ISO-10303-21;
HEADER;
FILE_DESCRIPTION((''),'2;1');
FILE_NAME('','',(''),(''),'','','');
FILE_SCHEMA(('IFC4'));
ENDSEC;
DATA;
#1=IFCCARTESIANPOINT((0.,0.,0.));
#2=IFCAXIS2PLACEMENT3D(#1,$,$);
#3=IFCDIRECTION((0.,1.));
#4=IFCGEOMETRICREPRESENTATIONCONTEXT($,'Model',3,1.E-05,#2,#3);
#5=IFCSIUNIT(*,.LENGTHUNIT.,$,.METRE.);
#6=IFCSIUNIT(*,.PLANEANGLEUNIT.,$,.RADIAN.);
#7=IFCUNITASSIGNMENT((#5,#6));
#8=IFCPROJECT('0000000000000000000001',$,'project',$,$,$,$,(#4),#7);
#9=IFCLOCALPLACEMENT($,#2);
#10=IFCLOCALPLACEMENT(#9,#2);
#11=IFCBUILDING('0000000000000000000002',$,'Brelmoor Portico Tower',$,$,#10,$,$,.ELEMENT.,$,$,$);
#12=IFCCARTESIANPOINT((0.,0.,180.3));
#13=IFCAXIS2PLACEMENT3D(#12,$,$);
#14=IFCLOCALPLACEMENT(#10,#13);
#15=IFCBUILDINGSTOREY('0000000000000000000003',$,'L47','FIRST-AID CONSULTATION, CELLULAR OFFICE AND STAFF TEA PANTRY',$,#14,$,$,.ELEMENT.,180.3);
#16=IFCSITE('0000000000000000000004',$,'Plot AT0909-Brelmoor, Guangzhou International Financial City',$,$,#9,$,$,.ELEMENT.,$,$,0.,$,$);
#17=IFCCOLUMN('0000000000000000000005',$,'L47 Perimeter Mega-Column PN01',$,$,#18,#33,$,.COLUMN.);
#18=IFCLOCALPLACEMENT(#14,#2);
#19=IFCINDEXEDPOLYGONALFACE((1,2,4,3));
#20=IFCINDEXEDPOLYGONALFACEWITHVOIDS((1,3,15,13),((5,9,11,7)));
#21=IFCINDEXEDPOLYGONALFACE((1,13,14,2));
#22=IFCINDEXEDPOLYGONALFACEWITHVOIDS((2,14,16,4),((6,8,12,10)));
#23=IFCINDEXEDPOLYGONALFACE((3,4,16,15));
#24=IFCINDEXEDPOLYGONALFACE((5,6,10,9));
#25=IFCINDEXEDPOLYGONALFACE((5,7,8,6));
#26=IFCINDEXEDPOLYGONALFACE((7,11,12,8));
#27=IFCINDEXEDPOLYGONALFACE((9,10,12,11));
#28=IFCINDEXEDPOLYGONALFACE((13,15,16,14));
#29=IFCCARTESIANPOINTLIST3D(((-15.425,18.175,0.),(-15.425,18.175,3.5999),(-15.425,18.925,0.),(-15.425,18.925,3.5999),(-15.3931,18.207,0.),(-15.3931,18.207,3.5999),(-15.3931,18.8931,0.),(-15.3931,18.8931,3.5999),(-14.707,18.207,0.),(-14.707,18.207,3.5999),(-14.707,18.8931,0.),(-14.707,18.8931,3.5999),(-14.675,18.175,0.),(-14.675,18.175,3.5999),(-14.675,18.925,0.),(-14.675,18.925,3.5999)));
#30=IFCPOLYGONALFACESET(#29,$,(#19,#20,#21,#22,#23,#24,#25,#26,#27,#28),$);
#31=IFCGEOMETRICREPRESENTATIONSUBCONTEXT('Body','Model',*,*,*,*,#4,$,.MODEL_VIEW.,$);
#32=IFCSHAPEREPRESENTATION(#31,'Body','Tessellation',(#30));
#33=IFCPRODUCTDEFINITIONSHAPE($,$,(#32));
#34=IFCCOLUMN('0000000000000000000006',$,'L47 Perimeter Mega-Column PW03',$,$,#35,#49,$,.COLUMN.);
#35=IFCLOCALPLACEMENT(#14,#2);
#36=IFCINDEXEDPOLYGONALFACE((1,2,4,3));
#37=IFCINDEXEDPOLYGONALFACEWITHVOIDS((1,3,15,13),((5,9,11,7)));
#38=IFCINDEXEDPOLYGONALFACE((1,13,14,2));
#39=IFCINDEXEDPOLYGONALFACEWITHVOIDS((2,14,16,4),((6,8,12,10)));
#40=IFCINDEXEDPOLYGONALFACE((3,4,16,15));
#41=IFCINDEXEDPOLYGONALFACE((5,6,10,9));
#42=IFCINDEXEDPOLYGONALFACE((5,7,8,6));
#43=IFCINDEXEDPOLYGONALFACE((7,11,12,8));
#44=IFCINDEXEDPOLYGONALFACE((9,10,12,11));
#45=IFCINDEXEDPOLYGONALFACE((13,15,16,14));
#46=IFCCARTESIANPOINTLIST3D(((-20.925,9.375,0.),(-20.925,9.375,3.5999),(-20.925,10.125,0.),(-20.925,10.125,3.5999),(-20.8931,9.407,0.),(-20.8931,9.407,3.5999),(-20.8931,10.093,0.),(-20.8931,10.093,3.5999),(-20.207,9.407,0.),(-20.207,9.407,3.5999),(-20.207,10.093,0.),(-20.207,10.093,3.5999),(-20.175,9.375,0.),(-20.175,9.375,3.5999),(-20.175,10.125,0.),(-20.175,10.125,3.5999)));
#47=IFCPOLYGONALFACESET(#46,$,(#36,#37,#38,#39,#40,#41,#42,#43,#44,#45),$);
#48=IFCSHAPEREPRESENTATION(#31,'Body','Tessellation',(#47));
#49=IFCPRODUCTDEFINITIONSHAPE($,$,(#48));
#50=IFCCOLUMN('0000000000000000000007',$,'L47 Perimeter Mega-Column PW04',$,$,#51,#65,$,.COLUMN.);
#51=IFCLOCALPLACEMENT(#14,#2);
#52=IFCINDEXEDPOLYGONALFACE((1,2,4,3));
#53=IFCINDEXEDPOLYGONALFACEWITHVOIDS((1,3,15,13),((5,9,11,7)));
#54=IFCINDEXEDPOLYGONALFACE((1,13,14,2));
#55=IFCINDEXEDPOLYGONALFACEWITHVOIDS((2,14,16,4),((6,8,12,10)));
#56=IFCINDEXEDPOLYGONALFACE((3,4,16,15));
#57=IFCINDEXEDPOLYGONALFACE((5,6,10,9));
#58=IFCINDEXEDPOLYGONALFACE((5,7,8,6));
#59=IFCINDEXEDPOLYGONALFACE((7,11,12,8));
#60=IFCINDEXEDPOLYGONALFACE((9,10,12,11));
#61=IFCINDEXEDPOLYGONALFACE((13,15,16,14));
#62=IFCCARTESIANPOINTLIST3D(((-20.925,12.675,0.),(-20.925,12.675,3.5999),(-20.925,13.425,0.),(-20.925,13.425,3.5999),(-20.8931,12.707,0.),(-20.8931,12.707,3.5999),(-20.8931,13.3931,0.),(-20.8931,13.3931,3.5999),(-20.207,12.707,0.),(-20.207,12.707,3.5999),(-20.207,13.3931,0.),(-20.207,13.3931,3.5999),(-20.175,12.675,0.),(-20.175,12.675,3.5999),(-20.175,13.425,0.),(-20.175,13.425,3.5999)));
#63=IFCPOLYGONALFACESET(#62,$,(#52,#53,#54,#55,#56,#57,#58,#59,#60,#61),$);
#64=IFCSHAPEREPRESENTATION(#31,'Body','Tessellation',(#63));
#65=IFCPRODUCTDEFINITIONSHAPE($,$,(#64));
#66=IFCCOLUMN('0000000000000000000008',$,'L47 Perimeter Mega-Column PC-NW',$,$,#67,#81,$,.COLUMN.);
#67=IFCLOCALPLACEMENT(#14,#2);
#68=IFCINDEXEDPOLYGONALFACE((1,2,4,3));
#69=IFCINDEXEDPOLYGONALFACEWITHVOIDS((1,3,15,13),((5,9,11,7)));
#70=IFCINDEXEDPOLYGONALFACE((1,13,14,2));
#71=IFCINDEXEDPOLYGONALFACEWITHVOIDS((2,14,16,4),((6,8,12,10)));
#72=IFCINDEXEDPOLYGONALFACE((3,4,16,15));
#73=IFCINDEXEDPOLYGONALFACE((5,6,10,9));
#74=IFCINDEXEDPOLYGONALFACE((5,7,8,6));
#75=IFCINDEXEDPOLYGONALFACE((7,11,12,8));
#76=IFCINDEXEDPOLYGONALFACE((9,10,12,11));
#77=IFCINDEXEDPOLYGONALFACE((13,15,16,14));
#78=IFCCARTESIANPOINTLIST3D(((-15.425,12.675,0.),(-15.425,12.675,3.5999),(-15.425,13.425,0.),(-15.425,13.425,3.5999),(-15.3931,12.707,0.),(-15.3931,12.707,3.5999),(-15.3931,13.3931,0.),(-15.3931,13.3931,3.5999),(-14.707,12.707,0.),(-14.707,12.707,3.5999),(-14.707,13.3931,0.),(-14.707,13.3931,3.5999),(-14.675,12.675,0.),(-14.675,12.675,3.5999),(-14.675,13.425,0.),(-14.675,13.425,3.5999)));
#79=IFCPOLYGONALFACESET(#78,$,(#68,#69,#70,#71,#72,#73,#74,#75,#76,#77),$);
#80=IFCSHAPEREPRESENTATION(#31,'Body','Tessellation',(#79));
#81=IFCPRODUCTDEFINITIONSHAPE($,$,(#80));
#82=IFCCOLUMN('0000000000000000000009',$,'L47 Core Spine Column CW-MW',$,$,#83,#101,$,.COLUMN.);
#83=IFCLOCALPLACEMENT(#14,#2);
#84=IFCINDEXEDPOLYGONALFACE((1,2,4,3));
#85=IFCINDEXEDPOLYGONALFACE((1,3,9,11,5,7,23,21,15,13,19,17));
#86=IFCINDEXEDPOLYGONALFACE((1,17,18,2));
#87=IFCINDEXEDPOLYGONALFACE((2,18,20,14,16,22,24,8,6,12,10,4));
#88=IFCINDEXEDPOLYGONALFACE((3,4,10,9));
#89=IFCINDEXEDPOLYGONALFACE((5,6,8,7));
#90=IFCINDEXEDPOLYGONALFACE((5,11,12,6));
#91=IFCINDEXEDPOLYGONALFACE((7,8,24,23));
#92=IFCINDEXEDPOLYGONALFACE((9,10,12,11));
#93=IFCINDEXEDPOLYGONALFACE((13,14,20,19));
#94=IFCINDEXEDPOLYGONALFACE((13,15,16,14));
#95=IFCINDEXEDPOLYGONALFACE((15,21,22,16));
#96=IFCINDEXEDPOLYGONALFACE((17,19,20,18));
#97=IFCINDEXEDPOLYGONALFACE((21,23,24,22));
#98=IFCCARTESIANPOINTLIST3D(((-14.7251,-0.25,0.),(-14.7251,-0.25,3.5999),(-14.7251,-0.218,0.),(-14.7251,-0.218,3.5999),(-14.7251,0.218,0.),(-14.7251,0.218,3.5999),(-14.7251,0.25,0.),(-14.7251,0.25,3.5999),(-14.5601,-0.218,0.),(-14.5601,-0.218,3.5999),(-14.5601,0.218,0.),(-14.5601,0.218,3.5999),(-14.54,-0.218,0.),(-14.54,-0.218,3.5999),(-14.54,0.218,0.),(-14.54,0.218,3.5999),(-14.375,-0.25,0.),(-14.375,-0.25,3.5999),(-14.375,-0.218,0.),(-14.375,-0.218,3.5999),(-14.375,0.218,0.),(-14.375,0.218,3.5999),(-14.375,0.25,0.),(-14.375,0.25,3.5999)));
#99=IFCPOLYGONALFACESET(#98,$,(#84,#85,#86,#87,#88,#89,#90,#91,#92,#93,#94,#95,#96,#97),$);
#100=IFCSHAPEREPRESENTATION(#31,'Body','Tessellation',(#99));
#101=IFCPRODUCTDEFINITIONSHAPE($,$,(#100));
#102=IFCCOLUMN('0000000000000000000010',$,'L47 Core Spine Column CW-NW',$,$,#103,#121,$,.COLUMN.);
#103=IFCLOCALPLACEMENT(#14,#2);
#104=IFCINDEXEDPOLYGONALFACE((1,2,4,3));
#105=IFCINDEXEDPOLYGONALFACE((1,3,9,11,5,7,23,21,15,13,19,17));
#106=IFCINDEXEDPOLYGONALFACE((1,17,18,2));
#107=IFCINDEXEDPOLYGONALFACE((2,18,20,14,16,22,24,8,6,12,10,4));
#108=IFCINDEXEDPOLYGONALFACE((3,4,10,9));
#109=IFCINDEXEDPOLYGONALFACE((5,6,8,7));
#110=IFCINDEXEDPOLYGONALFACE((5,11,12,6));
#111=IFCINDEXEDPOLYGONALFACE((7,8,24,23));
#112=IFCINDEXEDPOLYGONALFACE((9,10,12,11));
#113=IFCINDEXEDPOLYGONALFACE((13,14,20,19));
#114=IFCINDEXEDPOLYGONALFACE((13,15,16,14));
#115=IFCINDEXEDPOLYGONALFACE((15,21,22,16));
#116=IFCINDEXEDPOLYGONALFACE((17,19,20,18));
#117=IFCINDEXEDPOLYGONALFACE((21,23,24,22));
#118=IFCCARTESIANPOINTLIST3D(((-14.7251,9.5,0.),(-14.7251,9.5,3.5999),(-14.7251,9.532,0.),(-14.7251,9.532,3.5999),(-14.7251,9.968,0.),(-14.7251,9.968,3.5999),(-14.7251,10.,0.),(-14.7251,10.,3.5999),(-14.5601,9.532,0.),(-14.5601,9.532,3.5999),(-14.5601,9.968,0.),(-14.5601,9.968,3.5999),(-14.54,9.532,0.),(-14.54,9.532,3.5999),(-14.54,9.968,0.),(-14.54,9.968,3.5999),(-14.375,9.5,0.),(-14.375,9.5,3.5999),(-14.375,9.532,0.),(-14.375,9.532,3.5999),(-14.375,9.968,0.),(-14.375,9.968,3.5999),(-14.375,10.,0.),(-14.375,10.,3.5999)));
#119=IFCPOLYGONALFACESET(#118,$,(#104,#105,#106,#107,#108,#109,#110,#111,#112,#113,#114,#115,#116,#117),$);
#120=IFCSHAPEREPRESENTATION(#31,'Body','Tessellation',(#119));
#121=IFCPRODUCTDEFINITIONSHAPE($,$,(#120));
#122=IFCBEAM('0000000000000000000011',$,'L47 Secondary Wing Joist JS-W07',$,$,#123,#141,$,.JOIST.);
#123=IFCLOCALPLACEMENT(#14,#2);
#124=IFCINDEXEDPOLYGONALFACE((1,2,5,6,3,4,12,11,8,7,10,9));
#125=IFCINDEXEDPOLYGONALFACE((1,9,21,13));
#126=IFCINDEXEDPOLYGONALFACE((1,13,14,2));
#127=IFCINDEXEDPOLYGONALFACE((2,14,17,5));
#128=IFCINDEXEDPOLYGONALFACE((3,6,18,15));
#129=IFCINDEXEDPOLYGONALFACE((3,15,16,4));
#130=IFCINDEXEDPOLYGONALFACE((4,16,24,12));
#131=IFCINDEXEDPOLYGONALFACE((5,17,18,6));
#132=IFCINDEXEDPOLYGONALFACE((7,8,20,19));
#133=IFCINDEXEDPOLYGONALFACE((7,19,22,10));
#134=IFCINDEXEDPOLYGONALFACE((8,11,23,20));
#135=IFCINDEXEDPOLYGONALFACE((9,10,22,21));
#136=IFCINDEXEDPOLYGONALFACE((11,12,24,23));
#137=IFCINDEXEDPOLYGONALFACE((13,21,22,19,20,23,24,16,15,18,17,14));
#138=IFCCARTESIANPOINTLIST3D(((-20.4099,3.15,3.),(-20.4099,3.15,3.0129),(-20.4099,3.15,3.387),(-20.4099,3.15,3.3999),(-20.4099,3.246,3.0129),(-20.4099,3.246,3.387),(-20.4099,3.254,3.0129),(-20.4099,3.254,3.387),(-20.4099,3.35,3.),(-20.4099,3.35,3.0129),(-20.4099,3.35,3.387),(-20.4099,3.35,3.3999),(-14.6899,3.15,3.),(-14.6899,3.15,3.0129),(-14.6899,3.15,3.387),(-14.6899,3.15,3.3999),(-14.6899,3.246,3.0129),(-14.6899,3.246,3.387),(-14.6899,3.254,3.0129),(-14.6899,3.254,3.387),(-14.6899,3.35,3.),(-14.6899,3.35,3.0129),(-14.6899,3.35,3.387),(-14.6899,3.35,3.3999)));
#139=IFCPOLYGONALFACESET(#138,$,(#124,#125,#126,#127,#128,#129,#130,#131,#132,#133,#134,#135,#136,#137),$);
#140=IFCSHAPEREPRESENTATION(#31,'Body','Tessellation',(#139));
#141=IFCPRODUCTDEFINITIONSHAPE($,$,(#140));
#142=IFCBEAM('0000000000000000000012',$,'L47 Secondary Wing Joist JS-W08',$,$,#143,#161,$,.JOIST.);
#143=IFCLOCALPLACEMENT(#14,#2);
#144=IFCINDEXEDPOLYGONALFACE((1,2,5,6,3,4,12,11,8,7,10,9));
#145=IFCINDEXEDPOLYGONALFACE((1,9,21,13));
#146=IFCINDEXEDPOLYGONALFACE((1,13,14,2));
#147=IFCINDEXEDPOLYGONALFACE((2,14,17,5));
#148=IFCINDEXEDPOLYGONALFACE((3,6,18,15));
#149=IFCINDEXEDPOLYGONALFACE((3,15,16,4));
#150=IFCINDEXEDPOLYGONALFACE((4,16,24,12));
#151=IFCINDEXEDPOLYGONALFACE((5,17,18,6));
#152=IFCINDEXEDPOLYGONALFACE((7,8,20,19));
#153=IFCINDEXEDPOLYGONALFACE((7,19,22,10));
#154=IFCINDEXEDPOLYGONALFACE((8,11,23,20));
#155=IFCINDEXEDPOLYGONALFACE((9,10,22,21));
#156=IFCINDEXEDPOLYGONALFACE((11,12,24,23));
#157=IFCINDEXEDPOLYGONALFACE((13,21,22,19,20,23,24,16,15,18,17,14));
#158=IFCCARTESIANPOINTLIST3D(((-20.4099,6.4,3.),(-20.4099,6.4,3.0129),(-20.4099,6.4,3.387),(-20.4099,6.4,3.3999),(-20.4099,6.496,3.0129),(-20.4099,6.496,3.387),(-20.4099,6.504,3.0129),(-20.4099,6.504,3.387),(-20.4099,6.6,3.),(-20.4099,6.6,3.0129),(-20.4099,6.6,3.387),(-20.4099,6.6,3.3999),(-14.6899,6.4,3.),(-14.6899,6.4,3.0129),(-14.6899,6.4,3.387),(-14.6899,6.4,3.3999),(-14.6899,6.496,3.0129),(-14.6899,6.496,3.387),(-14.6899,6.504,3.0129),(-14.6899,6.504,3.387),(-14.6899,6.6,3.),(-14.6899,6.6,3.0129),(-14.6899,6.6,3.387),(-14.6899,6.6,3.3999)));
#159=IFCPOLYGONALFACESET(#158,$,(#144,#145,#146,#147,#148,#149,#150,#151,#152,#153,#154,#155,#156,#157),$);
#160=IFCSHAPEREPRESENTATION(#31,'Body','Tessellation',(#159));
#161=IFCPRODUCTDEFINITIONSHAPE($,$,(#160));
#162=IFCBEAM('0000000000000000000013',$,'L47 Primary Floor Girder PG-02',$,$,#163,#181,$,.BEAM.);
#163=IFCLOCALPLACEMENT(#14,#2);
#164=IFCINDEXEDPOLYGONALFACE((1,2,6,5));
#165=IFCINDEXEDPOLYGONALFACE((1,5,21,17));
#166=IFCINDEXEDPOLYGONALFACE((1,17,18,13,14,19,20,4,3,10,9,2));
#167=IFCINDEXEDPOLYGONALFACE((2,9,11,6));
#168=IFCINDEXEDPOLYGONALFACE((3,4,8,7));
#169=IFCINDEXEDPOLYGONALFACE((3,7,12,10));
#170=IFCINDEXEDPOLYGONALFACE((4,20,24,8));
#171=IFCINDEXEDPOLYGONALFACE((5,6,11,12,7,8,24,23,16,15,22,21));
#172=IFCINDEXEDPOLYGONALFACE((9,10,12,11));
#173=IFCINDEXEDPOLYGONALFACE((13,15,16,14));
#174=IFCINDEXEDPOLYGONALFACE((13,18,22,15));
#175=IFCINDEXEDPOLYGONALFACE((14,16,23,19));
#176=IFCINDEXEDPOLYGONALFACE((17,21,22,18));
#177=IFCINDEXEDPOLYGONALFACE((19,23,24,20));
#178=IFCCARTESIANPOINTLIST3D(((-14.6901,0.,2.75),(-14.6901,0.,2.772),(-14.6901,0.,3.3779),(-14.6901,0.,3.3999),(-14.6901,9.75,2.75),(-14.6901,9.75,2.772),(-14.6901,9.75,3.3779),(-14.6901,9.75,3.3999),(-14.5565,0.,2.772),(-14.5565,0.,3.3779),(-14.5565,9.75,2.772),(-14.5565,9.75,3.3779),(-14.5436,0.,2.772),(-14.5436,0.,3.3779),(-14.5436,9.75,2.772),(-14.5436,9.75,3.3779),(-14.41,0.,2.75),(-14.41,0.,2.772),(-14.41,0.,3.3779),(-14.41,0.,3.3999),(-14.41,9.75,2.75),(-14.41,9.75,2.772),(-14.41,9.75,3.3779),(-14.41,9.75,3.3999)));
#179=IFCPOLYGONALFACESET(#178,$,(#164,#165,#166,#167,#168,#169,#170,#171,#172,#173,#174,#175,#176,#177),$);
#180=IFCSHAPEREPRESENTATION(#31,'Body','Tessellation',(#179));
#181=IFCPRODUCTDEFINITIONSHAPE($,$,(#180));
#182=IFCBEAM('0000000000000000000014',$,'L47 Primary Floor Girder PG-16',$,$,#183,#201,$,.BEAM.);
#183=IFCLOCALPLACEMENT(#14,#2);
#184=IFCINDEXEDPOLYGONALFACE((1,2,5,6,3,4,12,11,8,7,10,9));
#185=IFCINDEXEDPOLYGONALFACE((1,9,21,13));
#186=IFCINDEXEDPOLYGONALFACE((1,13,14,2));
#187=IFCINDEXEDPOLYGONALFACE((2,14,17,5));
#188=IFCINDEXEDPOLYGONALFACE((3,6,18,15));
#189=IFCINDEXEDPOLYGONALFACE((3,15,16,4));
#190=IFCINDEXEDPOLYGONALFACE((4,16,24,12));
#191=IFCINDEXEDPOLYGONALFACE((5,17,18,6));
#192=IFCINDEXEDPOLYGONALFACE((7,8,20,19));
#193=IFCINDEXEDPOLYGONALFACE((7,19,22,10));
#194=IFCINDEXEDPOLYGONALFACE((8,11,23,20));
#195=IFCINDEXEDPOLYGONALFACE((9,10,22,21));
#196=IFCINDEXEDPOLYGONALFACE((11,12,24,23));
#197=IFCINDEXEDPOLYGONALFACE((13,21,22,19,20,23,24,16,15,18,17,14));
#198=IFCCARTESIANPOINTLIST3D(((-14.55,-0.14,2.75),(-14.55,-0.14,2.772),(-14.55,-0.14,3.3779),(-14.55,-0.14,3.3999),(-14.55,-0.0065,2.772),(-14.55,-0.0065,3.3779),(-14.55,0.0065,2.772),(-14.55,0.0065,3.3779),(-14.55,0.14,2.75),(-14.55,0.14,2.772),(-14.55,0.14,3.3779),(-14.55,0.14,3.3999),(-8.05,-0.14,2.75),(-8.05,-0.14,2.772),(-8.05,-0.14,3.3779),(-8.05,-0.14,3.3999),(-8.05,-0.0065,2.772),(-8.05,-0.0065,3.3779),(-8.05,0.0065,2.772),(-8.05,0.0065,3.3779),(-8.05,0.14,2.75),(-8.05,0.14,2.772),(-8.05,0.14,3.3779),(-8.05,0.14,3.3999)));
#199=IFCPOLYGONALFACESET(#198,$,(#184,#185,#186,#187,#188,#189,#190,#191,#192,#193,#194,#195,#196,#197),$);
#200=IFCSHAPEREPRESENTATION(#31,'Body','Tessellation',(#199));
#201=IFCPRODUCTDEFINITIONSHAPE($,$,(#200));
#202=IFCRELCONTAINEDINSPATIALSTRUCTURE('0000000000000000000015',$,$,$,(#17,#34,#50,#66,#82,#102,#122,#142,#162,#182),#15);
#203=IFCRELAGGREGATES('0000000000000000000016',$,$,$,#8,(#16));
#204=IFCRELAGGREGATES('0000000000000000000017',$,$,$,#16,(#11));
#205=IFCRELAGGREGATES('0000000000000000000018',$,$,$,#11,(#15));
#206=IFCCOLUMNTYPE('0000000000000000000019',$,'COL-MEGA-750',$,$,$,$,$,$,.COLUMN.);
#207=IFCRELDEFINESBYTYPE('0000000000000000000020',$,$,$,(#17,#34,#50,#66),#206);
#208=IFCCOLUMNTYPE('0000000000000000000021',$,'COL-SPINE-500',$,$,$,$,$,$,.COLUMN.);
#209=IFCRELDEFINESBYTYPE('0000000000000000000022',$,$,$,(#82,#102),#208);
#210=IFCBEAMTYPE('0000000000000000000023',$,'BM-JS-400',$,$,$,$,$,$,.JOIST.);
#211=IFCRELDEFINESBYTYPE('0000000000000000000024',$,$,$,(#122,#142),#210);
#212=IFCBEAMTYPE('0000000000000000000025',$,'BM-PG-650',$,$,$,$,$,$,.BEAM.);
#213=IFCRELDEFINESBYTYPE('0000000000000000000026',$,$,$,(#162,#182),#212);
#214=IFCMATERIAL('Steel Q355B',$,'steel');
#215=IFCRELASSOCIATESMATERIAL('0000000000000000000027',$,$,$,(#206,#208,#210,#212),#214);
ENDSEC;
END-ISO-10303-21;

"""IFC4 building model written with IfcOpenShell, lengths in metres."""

from ifc_helpers import new_model, si_unit, direction, frame, origin, origin_2d, place, context, subcontext, project, spatial, hollow_rectangle, i_section, extrude, material, material_profile, profile_set, type_object, element, save


model = new_model("IFC4")

# Units and contexts
model_context = context("Model", 3, precision=1e-05, world=origin(), true_north=direction((0.0, 1.0)))
body_context = subcontext(model_context, "Body", "Model", "MODEL_VIEW")
ifc_project = project(units=[si_unit("LENGTHUNIT", "METRE"), si_unit("PLANEANGLEUNIT", "RADIAN")], contexts=[model_context])

# Site, building, storey
site_placement = place(None, origin())
site = spatial("IfcSite", under=ifc_project, at=site_placement, Name="Plot AT0909-Brelmoor, Guangzhou International Financial City", CompositionType="ELEMENT", RefElevation=0.0)
building_placement = place(site_placement, origin())
building = spatial("IfcBuilding", under=site, at=building_placement, Name="Brelmoor Portico Tower", CompositionType="ELEMENT")
storey_placement = place(building_placement, frame((0.0, 0.0, 180.3)))
storey = spatial("IfcBuildingStorey", under=building, at=storey_placement, Name="L47", Description="FIRST-AID CONSULTATION, CELLULAR OFFICE AND STAFF TEA PANTRY", CompositionType="ELEMENT", Elevation=180.3)

# Columns
ifc_material_1 = material(Name="Steel Q355B", Category="steel")
ifc_material_profile_1 = material_profile(ifc_material_1, hollow_rectangle(XDim=0.75, YDim=0.75, WallThickness=0.032, at=origin_2d()), Name="BOX 750x750x32")
ifc_profile_set_1 = profile_set([ifc_material_profile_1], Name="Steel Q355B")
column_type_1 = type_object("IfcColumnType", Name="COL-MEGA-750", PredefinedType="COLUMN", material=ifc_profile_set_1)
for number, where, z_axis, x_axis, name in (
    (1, (-15.05, 18.55, 0.0), (0.0, 0.0, 1.0), (1.0, 0.0, 0.0), "L47 Perimeter Mega-Column PN01"),
    (2, (-20.55, 9.75, 0.0), (0.0, 0.0, 1.0), (0.0, 1.0, 0.0), "L47 Perimeter Mega-Column PW03"),
    (3, (-20.55, 13.05, 0.0), (0.0, 0.0, 1.0), (0.0, 1.0, 0.0), "L47 Perimeter Mega-Column PW04"),
    (4, (-15.05, 13.05, 0.0), (0.0, 0.0, 1.0), (1.0, 0.0, 0.0), "L47 Perimeter Mega-Column PC-NW"),
):
    element("IfcColumn", number, at=place(storey_placement, frame(where, z_axis=z_axis, x_axis=x_axis)), inside=storey, type_object=column_type_1, Name=name, PredefinedType="COLUMN", context=body_context, shape_type="SweptSolid", body=[
        extrude(hollow_rectangle(XDim=0.75, YDim=0.75, WallThickness=0.032, at=origin_2d()), origin(), (0.0, 0.0, 1.0), 3.5999),
    ])
ifc_material_profile_2 = material_profile(ifc_material_1, i_section(OverallWidth=0.3501, OverallDepth=0.5, WebThickness=0.02, FlangeThickness=0.032, at=origin_2d()), Name="HW 500x350x20x32")
ifc_profile_set_2 = profile_set([ifc_material_profile_2], Name="Steel Q355B")
column_type_2 = type_object("IfcColumnType", Name="COL-SPINE-500", PredefinedType="COLUMN", material=ifc_profile_set_2)
for number, where, z_axis, x_axis, name in (
    (5, (-14.55, 0.0, 0.0), (0.0, 0.0, 1.0), (1.0, 0.0, 0.0), "L47 Core Spine Column CW-MW"),
    (6, (-14.55, 9.75, 0.0), (0.0, 0.0, 1.0), (1.0, 0.0, 0.0), "L47 Core Spine Column CW-NW"),
):
    element("IfcColumn", number, at=place(storey_placement, frame(where, z_axis=z_axis, x_axis=x_axis)), inside=storey, type_object=column_type_2, Name=name, PredefinedType="COLUMN", context=body_context, shape_type="SweptSolid", body=[
        extrude(i_section(OverallWidth=0.3501, OverallDepth=0.5, WebThickness=0.02, FlangeThickness=0.032, at=origin_2d()), origin(), (0.0, 0.0, 1.0), 3.5999),
    ])

# Beams
ifc_material_profile_3 = material_profile(ifc_material_1, i_section(OverallWidth=0.2, OverallDepth=0.3999, WebThickness=0.0081, FlangeThickness=0.0129, at=origin_2d()), Name="HN 400x200x8x13")
ifc_profile_set_3 = profile_set([ifc_material_profile_3], Name="Steel Q355B")
beam_type_1 = type_object("IfcBeamType", Name="BM-JS-400", PredefinedType="JOIST", material=ifc_profile_set_3)
for number, where, z_axis, x_axis, name in (
    (7, (-20.4099, 3.25, 3.2), (1.0, 0.0, 0.0), (0.0, 1.0, 0.0), "L47 Secondary Wing Joist JS-W07"),
    (8, (-20.4099, 6.5, 3.2), (1.0, 0.0, 0.0), (0.0, 1.0, 0.0), "L47 Secondary Wing Joist JS-W08"),
):
    element("IfcBeam", number, at=place(storey_placement, frame(where, z_axis=z_axis, x_axis=x_axis)), inside=storey, type_object=beam_type_1, Name=name, PredefinedType="JOIST", context=body_context, shape_type="SweptSolid", body=[
        extrude(i_section(OverallWidth=0.2, OverallDepth=0.3999, WebThickness=0.0081, FlangeThickness=0.0129, at=origin_2d()), origin(), (0.0, 0.0, 1.0), 5.72),
    ])
ifc_material_profile_4 = material_profile(ifc_material_1, i_section(OverallWidth=0.28, OverallDepth=0.6499, WebThickness=0.0129, FlangeThickness=0.022, at=origin_2d()), Name="HN 650x280x13x22")
ifc_profile_set_4 = profile_set([ifc_material_profile_4], Name="Steel Q355B")
beam_type_2 = type_object("IfcBeamType", Name="BM-PG-650", PredefinedType="BEAM", material=ifc_profile_set_4)
beam_1_placement = place(storey_placement, frame((-14.55, 0.0, 3.075), z_axis=(0.0, 1.0, 0.0), x_axis=(-1.0, 0.0, 0.0)))
element("IfcBeam", 9, at=beam_1_placement, inside=storey, type_object=beam_type_2, Name="L47 Primary Floor Girder PG-02", PredefinedType="BEAM", context=body_context, shape_type="SweptSolid", body=[
    extrude(i_section(OverallWidth=0.28, OverallDepth=0.6499, WebThickness=0.0129, FlangeThickness=0.022, at=origin_2d()), origin(), (0.0, 0.0, 1.0), 9.75),
])
beam_2_placement = place(storey_placement, frame((-14.55, 0.0, 3.075), z_axis=(1.0, 0.0, 0.0), x_axis=(0.0, 1.0, 0.0)))
element("IfcBeam", 10, at=beam_2_placement, inside=storey, type_object=beam_type_2, Name="L47 Primary Floor Girder PG-16", PredefinedType="BEAM", context=body_context, shape_type="SweptSolid", body=[
    extrude(i_section(OverallWidth=0.28, OverallDepth=0.6499, WebThickness=0.0129, FlangeThickness=0.022, at=origin_2d()), origin(), (0.0, 0.0, 1.0), 6.5),
])

save(model, "model.ifc")
